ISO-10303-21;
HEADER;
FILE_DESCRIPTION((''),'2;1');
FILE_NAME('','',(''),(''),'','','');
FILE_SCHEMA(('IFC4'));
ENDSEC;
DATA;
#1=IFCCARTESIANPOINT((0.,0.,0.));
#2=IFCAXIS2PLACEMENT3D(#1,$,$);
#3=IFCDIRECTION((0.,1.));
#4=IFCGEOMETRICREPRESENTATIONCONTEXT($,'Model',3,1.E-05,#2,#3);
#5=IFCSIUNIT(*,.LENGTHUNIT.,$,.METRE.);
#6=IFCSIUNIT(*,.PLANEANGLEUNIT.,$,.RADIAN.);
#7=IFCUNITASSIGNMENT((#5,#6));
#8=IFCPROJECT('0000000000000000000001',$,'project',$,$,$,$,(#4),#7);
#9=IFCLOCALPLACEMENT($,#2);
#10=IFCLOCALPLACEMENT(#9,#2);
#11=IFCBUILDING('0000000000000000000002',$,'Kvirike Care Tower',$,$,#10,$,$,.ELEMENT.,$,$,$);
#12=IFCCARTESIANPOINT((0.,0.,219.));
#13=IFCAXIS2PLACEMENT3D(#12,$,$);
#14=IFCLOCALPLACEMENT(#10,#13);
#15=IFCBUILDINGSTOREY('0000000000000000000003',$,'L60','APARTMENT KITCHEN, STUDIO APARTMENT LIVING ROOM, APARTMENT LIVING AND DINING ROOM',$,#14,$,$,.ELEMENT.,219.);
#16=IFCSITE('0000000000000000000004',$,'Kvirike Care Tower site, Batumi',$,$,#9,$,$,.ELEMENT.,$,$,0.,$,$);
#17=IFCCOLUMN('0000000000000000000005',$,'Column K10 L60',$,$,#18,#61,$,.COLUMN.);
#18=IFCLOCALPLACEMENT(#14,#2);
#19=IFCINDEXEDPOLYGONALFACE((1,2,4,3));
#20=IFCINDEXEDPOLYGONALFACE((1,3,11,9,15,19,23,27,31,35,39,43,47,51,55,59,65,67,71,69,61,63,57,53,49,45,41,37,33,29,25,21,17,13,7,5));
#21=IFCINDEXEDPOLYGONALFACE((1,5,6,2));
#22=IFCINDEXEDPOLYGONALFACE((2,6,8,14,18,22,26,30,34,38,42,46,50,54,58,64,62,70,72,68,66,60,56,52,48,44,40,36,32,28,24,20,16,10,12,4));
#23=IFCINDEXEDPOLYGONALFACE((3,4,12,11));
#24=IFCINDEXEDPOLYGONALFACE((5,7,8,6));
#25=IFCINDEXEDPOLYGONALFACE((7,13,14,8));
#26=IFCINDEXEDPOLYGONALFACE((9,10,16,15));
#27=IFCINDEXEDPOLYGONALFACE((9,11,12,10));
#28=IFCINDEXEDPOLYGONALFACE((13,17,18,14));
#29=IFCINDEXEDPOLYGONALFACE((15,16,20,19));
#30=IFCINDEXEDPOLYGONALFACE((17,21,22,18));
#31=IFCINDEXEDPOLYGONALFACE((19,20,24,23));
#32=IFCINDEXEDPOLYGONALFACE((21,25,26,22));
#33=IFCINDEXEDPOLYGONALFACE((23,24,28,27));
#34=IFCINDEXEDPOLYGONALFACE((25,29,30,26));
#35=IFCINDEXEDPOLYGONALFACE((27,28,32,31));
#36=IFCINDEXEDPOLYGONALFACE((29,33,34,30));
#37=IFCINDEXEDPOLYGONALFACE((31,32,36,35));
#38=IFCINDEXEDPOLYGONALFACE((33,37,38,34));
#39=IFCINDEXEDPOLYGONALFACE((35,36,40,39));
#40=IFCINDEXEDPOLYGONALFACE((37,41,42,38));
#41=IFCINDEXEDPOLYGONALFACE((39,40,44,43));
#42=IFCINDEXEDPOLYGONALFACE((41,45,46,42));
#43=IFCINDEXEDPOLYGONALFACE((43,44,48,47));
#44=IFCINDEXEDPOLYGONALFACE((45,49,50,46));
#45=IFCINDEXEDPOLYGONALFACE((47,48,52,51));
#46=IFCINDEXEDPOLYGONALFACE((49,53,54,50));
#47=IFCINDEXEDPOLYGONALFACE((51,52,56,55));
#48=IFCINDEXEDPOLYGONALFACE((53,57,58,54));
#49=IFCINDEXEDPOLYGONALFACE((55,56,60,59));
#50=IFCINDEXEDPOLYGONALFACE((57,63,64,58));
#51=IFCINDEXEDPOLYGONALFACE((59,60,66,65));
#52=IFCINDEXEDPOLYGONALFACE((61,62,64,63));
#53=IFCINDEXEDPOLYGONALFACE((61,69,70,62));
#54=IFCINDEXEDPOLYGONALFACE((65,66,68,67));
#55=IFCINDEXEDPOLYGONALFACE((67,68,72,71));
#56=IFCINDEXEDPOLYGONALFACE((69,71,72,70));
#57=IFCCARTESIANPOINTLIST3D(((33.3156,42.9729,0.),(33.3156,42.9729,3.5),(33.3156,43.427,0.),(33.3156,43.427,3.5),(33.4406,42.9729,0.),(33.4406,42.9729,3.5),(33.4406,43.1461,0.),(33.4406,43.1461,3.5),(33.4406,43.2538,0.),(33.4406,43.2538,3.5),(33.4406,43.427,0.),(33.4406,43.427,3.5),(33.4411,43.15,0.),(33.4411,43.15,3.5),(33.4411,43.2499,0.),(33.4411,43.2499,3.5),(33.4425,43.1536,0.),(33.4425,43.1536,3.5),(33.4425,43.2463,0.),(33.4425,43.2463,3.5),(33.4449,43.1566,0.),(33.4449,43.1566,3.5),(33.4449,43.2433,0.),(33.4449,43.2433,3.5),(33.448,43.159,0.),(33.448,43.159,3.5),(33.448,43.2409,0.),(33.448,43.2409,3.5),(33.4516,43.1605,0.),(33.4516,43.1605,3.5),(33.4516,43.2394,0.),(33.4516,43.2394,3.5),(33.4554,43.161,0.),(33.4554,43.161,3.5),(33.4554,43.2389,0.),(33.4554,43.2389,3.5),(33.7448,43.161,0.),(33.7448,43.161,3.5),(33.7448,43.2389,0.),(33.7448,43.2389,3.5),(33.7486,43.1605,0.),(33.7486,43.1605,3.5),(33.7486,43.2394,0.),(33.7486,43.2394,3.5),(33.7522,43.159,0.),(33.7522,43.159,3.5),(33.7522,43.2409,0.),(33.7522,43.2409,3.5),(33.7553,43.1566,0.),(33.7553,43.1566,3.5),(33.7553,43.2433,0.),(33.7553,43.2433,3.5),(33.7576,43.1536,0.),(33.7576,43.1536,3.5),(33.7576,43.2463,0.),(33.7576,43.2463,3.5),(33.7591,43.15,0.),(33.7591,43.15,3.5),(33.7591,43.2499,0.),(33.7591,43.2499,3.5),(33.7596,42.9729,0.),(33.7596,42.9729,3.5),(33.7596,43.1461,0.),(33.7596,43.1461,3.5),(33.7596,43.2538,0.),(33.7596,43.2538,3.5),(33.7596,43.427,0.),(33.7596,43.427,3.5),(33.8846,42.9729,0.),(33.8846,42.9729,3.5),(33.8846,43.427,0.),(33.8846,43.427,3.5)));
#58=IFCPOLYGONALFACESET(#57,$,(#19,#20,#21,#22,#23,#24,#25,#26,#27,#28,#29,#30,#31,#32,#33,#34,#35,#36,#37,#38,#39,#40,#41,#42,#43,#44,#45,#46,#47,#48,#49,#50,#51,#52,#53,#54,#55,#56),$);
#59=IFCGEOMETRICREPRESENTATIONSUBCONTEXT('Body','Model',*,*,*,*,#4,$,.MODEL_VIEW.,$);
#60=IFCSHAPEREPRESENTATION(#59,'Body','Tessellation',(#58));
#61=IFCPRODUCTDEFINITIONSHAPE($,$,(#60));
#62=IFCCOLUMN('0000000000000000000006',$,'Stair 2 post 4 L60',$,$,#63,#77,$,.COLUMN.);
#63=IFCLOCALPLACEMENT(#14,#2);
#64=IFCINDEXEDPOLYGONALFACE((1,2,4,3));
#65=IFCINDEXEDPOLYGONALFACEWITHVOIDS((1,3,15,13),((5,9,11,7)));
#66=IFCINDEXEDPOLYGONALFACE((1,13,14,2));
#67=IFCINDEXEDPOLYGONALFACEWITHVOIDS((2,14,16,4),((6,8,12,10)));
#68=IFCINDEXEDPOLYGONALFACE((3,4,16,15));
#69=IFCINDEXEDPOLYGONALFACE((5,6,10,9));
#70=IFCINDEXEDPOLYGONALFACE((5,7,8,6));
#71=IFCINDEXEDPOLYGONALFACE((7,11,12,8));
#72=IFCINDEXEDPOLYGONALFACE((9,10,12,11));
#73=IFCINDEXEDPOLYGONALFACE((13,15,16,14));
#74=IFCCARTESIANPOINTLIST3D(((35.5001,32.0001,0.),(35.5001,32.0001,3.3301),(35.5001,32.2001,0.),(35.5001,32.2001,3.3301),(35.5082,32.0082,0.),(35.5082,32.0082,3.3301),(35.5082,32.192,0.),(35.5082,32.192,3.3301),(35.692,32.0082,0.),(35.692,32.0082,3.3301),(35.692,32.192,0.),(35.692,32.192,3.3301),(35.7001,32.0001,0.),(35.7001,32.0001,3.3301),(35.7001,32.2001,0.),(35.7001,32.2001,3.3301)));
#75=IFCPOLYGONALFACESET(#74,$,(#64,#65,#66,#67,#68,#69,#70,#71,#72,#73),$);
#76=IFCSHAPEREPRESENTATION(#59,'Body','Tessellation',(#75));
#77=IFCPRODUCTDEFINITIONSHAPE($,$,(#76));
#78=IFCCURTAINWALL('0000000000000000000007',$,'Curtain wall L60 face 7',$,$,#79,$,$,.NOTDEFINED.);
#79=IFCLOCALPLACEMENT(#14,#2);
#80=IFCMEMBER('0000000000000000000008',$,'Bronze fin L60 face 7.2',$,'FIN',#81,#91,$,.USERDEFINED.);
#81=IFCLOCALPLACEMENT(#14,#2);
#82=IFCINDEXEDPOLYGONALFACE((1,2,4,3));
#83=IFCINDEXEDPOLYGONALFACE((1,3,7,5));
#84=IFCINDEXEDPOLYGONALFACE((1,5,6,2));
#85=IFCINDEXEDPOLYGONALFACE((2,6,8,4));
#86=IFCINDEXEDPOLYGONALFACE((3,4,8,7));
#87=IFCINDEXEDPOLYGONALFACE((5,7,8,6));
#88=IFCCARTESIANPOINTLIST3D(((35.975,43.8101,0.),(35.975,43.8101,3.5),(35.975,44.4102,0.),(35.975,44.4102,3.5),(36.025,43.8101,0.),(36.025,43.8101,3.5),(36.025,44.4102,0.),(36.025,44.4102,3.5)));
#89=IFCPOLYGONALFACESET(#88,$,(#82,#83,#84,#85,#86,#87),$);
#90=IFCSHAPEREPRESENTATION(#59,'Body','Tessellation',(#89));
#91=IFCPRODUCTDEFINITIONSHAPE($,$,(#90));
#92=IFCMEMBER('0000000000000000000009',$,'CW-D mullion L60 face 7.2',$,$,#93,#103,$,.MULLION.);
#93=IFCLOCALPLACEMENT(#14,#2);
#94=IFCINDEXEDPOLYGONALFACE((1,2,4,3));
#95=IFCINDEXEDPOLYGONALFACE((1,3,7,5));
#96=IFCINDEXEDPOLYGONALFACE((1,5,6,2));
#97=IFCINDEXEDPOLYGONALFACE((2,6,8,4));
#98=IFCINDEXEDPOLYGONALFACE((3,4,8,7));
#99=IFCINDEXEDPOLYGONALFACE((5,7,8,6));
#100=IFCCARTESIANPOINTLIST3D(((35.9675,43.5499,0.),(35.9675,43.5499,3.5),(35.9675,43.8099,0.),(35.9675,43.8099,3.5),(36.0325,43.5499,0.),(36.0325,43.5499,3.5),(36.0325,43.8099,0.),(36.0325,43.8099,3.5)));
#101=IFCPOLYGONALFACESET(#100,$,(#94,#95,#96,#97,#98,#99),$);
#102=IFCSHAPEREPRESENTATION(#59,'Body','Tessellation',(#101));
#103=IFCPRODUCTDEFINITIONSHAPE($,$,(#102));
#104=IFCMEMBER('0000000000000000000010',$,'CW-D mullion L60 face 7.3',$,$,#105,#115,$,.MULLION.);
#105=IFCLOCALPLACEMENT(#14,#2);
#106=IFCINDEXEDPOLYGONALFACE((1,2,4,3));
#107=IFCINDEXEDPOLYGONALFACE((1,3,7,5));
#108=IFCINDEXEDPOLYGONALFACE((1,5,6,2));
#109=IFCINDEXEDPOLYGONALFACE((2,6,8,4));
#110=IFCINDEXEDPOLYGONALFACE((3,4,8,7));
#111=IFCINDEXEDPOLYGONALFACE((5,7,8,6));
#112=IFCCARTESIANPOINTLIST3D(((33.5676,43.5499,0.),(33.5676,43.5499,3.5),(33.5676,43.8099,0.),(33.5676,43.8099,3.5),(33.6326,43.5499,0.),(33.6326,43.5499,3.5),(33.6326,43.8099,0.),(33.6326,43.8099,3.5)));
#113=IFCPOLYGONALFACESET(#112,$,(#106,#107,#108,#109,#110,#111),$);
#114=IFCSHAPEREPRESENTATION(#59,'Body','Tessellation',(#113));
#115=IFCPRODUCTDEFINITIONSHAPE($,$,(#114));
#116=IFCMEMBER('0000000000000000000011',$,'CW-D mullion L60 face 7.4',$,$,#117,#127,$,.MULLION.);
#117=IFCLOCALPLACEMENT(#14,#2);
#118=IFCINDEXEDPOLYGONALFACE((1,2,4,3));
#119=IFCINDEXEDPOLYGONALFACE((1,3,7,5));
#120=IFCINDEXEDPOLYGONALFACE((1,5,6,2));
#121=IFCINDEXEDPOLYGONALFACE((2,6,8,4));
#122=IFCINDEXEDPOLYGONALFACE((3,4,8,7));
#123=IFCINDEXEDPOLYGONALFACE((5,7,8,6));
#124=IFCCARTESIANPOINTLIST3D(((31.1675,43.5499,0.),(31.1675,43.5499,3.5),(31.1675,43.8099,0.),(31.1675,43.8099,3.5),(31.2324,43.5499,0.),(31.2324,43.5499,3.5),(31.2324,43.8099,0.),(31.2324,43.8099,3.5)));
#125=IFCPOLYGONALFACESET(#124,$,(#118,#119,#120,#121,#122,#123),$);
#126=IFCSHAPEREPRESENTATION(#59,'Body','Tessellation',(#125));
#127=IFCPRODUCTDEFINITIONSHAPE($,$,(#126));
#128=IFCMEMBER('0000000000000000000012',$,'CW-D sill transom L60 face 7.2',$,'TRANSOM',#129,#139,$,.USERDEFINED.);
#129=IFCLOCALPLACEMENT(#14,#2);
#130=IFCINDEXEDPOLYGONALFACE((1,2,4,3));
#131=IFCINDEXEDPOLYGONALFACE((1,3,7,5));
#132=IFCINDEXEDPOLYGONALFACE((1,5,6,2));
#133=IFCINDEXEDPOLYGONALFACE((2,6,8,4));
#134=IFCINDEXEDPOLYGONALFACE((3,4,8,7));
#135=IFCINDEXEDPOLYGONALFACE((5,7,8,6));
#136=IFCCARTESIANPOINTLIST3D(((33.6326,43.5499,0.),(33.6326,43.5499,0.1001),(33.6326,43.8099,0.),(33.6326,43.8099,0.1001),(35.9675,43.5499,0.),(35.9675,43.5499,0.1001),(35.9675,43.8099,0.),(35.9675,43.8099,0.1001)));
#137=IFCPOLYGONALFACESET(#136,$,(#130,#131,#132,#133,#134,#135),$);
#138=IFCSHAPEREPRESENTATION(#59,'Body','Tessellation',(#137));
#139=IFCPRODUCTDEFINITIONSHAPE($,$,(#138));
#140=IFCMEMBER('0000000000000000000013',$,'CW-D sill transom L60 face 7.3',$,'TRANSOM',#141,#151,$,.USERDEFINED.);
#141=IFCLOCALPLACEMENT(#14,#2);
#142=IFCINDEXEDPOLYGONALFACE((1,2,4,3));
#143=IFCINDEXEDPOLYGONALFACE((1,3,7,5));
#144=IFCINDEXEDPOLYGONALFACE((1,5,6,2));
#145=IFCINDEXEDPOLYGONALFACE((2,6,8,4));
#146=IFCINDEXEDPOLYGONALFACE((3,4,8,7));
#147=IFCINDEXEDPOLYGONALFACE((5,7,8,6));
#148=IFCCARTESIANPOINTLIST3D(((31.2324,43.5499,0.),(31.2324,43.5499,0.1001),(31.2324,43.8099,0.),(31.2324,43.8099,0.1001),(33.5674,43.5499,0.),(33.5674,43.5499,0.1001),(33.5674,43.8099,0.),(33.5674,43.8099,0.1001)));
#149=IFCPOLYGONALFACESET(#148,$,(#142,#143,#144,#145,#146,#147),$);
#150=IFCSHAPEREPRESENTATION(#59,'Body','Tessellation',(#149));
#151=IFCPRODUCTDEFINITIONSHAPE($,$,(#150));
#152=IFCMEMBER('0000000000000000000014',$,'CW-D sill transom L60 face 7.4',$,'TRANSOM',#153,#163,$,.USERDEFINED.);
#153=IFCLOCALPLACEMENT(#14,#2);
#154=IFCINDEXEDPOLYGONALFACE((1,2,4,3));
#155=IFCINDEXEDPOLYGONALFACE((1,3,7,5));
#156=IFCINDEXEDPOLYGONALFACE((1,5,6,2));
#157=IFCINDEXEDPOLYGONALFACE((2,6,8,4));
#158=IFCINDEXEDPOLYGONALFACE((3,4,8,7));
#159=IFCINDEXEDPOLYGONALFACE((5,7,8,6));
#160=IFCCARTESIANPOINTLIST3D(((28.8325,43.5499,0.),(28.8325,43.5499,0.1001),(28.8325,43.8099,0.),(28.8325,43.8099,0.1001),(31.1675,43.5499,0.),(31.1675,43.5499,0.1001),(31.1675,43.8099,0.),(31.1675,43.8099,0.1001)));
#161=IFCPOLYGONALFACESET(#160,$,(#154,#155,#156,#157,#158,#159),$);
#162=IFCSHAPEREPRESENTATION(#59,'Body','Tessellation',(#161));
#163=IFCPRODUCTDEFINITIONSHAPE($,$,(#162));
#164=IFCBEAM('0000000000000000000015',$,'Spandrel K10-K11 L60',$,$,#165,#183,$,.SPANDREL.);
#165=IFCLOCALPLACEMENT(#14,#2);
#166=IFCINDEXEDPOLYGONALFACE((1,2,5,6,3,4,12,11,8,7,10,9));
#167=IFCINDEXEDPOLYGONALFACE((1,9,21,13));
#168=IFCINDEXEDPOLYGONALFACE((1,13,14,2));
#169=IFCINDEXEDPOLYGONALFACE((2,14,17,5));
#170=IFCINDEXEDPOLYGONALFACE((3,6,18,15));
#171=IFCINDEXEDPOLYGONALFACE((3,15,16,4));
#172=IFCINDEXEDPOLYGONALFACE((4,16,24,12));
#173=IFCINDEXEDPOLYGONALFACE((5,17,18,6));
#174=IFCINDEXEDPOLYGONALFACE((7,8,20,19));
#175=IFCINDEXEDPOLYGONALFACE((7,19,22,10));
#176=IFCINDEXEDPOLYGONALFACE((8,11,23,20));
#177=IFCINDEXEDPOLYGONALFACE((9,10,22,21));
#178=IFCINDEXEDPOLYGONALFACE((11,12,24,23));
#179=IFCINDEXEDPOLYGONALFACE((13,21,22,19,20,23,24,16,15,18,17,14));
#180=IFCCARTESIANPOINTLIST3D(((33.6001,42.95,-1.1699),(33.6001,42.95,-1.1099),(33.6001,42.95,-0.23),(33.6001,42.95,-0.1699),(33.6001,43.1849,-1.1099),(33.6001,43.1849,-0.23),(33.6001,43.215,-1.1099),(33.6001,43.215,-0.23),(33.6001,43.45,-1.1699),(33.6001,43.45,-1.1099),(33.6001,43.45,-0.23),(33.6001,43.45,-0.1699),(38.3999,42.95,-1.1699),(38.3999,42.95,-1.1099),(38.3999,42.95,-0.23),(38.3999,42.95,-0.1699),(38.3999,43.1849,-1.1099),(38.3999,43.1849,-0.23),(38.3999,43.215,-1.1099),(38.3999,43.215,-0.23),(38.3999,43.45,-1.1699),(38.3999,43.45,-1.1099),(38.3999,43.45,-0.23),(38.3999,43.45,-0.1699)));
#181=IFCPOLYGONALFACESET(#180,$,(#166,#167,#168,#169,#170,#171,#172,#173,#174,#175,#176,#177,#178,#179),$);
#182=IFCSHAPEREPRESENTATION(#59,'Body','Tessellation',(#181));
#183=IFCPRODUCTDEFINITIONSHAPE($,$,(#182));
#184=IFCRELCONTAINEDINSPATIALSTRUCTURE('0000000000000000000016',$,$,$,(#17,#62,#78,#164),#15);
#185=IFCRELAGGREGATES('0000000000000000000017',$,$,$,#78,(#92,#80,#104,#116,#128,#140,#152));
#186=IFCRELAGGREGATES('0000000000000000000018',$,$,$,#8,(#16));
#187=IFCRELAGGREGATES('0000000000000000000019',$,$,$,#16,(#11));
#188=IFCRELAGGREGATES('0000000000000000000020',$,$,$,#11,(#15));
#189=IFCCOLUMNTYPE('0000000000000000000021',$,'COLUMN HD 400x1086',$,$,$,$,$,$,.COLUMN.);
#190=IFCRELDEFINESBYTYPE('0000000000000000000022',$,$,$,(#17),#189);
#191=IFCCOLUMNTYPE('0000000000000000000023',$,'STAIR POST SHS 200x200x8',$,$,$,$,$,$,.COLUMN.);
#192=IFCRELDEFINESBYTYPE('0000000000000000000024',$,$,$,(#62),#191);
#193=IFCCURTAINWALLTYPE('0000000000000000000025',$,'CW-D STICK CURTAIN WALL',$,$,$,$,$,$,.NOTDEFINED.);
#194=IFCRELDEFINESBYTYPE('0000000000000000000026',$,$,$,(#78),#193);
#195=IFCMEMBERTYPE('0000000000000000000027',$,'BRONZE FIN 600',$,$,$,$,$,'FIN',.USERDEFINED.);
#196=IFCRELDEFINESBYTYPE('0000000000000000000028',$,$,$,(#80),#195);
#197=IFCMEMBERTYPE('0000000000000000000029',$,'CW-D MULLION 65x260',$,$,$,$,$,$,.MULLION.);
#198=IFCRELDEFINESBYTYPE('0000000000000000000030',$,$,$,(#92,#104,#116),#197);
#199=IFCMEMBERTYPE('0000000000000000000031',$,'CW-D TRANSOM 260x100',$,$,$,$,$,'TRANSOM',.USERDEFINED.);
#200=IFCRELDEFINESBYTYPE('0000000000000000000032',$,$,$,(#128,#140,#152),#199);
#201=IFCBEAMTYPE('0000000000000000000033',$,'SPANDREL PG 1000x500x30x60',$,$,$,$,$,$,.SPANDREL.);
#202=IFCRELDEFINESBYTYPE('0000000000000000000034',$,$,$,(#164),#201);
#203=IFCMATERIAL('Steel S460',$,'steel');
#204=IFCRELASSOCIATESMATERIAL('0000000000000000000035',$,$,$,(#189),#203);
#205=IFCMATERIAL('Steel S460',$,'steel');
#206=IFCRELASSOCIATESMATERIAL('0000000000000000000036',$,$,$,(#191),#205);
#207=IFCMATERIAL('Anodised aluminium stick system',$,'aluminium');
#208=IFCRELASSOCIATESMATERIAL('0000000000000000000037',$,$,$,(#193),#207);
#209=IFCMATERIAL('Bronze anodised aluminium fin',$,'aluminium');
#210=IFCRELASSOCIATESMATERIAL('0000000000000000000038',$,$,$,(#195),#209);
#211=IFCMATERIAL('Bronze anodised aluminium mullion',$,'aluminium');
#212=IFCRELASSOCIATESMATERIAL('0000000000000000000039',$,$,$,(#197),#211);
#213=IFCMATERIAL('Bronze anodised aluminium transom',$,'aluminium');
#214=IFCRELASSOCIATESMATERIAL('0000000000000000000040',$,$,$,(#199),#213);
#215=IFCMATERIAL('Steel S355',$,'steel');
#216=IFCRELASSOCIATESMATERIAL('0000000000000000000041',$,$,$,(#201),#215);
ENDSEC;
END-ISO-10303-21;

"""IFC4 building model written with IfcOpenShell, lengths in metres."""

from ifc_helpers import new_model, si_unit, direction, frame, origin, origin_2d, place, context, subcontext, project, spatial, rectangle, hollow_rectangle, i_section, extrude, material, material_profile, profile_set, type_object, element, aggregate, save


model = new_model("IFC4")

# Units and contexts
model_context = context("Model", 3, precision=1e-05, world=origin(), true_north=direction((0.0, 1.0)))
body_context = subcontext(model_context, "Body", "Model", "MODEL_VIEW")
ifc_project = project(units=[si_unit("LENGTHUNIT", "METRE"), si_unit("PLANEANGLEUNIT", "RADIAN")], contexts=[model_context])

# Site, building, storey
site_placement = place(None, origin())
site = spatial("IfcSite", under=ifc_project, at=site_placement, Name="Kvirike Care Tower site, Batumi", CompositionType="ELEMENT", RefElevation=0.0)
building_placement = place(site_placement, origin())
building = spatial("IfcBuilding", under=site, at=building_placement, Name="Kvirike Care Tower", CompositionType="ELEMENT")
storey_placement = place(building_placement, frame((0.0, 0.0, 219.0)))
storey = spatial("IfcBuildingStorey", under=building, at=storey_placement, Name="L60", Description="APARTMENT KITCHEN, STUDIO APARTMENT LIVING ROOM, APARTMENT LIVING AND DINING ROOM", CompositionType="ELEMENT", Elevation=219.0)

# Columns
ifc_material_1 = material(Name="Steel S460", Category="steel")
ifc_material_profile_1 = material_profile(ifc_material_1, i_section(OverallWidth=0.4541, OverallDepth=0.5691, WebThickness=0.0779, FlangeThickness=0.125, FilletRadius=0.0149, at=origin_2d()), Name="HD 400x1086")
ifc_profile_set_1 = profile_set([ifc_material_profile_1], Name="Steel S460")
column_type_1 = type_object("IfcColumnType", Name="COLUMN HD 400x1086", PredefinedType="COLUMN", material=ifc_profile_set_1)
column_1_placement = place(storey_placement, frame((33.6001, 43.2, 0.0), z_axis=(0.0, 0.0, 1.0), x_axis=(0.0, 1.0, 0.0)))
element("IfcColumn", 1, at=column_1_placement, inside=storey, type_object=column_type_1, Name="Column K10 L60", PredefinedType="COLUMN", context=body_context, shape_type="SweptSolid", body=[
    extrude(i_section(OverallWidth=0.4541, OverallDepth=0.5691, WebThickness=0.0779, FlangeThickness=0.125, FilletRadius=0.0149, at=origin_2d()), origin(), (0.0, 0.0, 1.0), 3.5),
])
ifc_material_2 = material(Name="Steel S460", Category="steel")
ifc_material_profile_2 = material_profile(ifc_material_2, hollow_rectangle(XDim=0.2, YDim=0.2, WallThickness=0.0081, at=origin_2d()), Name="SHS 200x200x8")
ifc_profile_set_2 = profile_set([ifc_material_profile_2], Name="Steel S460")
column_type_2 = type_object("IfcColumnType", Name="STAIR POST SHS 200x200x8", PredefinedType="COLUMN", material=ifc_profile_set_2)
column_2_placement = place(storey_placement, frame((35.6001, 32.1001, 0.0), z_axis=(0.0, 0.0, 1.0), x_axis=(1.0, 0.0, 0.0)))
element("IfcColumn", 2, at=column_2_placement, inside=storey, type_object=column_type_2, Name="Stair 2 post 4 L60", PredefinedType="COLUMN", context=body_context, shape_type="SweptSolid", body=[
    extrude(hollow_rectangle(XDim=0.2, YDim=0.2, WallThickness=0.0081, at=origin_2d()), origin(), (0.0, 0.0, 1.0), 3.3301),
])

# Curtain wall, members
ifc_material_3 = material(Name="Anodised aluminium stick system", Category="aluminium")
curtain_wall_type = type_object("IfcCurtainWallType", Name="CW-D STICK CURTAIN WALL", PredefinedType="NOTDEFINED", material=ifc_material_3)
curtain_wall_placement = place(storey_placement, origin())
curtain_wall = element("IfcCurtainWall", 3, at=curtain_wall_placement, inside=storey, type_object=curtain_wall_type, Name="Curtain wall L60 face 7", PredefinedType="NOTDEFINED")
ifc_material_4 = material(Name="Bronze anodised aluminium fin", Category="aluminium")
ifc_material_profile_3 = material_profile(ifc_material_4, rectangle(XDim=0.05, YDim=0.6001, at=origin_2d()), Name="BRONZE FIN 600")
ifc_profile_set_3 = profile_set([ifc_material_profile_3], Name="Bronze anodised aluminium fin")
member_type_1 = type_object("IfcMemberType", Name="BRONZE FIN 600", ElementType="FIN", PredefinedType="USERDEFINED", material=ifc_profile_set_3)
member_1_placement = place(storey_placement, frame((36.0, 44.1101, 0.0), z_axis=(0.0, 0.0, 1.0), x_axis=(-1.0, 0.0, 0.0)))
member_1 = element("IfcMember", 4, at=member_1_placement, type_object=member_type_1, Name="Bronze fin L60 face 7.2", ObjectType="FIN", PredefinedType="USERDEFINED", context=body_context, shape_type="SweptSolid", body=[
    extrude(rectangle(XDim=0.05, YDim=0.6001, at=origin_2d()), origin(), (0.0, 0.0, 1.0), 3.5),
])
ifc_material_5 = material(Name="Bronze anodised aluminium mullion", Category="aluminium")
ifc_material_profile_4 = material_profile(ifc_material_5, rectangle(XDim=0.0649, YDim=0.26, at=origin_2d()), Name="CW-D MULLION 65x260")
ifc_profile_set_4 = profile_set([ifc_material_profile_4], Name="Bronze anodised aluminium mullion")
member_type_2 = type_object("IfcMemberType", Name="CW-D MULLION 65x260", PredefinedType="MULLION", material=ifc_profile_set_4)
member_2_placement = place(storey_placement, frame((36.0, 43.6799, 0.0), z_axis=(0.0, 0.0, 1.0), x_axis=(-1.0, 0.0, 0.0)))
member_2 = element("IfcMember", 5, at=member_2_placement, type_object=member_type_2, Name="CW-D mullion L60 face 7.2", PredefinedType="MULLION", context=body_context, shape_type="SweptSolid", body=[
    extrude(rectangle(XDim=0.0649, YDim=0.26, at=origin_2d()), origin(), (0.0, 0.0, 1.0), 3.5),
])
member_3_placement = place(storey_placement, frame((33.6001, 43.6799, 0.0), z_axis=(0.0, 0.0, 1.0), x_axis=(-1.0, 0.0, 0.0)))
member_3 = element("IfcMember", 6, at=member_3_placement, type_object=member_type_2, Name="CW-D mullion L60 face 7.3", PredefinedType="MULLION", context=body_context, shape_type="SweptSolid", body=[
    extrude(rectangle(XDim=0.0649, YDim=0.26, at=origin_2d()), origin(), (0.0, 0.0, 1.0), 3.5),
])
member_4_placement = place(storey_placement, frame((31.2, 43.6799, 0.0), z_axis=(0.0, 0.0, 1.0), x_axis=(-1.0, 0.0, 0.0)))
member_4 = element("IfcMember", 7, at=member_4_placement, type_object=member_type_2, Name="CW-D mullion L60 face 7.4", PredefinedType="MULLION", context=body_context, shape_type="SweptSolid", body=[
    extrude(rectangle(XDim=0.0649, YDim=0.26, at=origin_2d()), origin(), (0.0, 0.0, 1.0), 3.5),
])
ifc_material_6 = material(Name="Bronze anodised aluminium transom", Category="aluminium")
ifc_material_profile_5 = material_profile(ifc_material_6, rectangle(XDim=0.26, YDim=0.1001, at=origin_2d()), Name="CW-D TRANSOM 260x100")
ifc_profile_set_5 = profile_set([ifc_material_profile_5], Name="Bronze anodised aluminium transom")
member_type_3 = type_object("IfcMemberType", Name="CW-D TRANSOM 260x100", ElementType="TRANSOM", PredefinedType="USERDEFINED", material=ifc_profile_set_5)
member_5_placement = place(storey_placement, frame((35.9675, 43.6799, 0.05), z_axis=(-1.0, 0.0, 0.0), x_axis=(0.0, -1.0, 0.0)))
member_5 = element("IfcMember", 8, at=member_5_placement, type_object=member_type_3, Name="CW-D sill transom L60 face 7.2", ObjectType="TRANSOM", PredefinedType="USERDEFINED", context=body_context, shape_type="SweptSolid", body=[
    extrude(rectangle(XDim=0.26, YDim=0.1001, at=origin_2d()), origin(), (0.0, 0.0, 1.0), 2.335),
])
member_6_placement = place(storey_placement, frame((33.5674, 43.6799, 0.05), z_axis=(-1.0, 0.0, 0.0), x_axis=(0.0, -1.0, 0.0)))
member_6 = element("IfcMember", 9, at=member_6_placement, type_object=member_type_3, Name="CW-D sill transom L60 face 7.3", ObjectType="TRANSOM", PredefinedType="USERDEFINED", context=body_context, shape_type="SweptSolid", body=[
    extrude(rectangle(XDim=0.26, YDim=0.1001, at=origin_2d()), origin(), (0.0, 0.0, 1.0), 2.335),
])
member_7_placement = place(storey_placement, frame((31.1675, 43.6799, 0.05), z_axis=(-1.0, 0.0, 0.0), x_axis=(0.0, -1.0, 0.0)))
member_7 = element("IfcMember", 10, at=member_7_placement, type_object=member_type_3, Name="CW-D sill transom L60 face 7.4", ObjectType="TRANSOM", PredefinedType="USERDEFINED", context=body_context, shape_type="SweptSolid", body=[
    extrude(rectangle(XDim=0.26, YDim=0.1001, at=origin_2d()), origin(), (0.0, 0.0, 1.0), 2.335),
])

# Beam
ifc_material_7 = material(Name="Steel S355", Category="steel")
ifc_material_profile_6 = material_profile(ifc_material_7, i_section(OverallWidth=0.5, OverallDepth=1.0, WebThickness=0.03, FlangeThickness=0.0601, at=origin_2d()), Name="PG 1000x500x30x60")
ifc_profile_set_6 = profile_set([ifc_material_profile_6], Name="Steel S355")
beam_type = type_object("IfcBeamType", Name="SPANDREL PG 1000x500x30x60", PredefinedType="SPANDREL", material=ifc_profile_set_6)
beam_placement = place(storey_placement, frame((33.6001, 43.2, -0.6699), z_axis=(1.0, 0.0, 0.0), x_axis=(0.0, 1.0, 0.0)))
element("IfcBeam", 11, at=beam_placement, inside=storey, type_object=beam_type, Name="Spandrel K10-K11 L60", PredefinedType="SPANDREL", context=body_context, shape_type="SweptSolid", body=[
    extrude(i_section(OverallWidth=0.5, OverallDepth=1.0, WebThickness=0.03, FlangeThickness=0.0601, at=origin_2d()), origin(), (0.0, 0.0, 1.0), 4.7998),
])

aggregate(curtain_wall, [member_2, member_1, member_3, member_4, member_5, member_6, member_7])

save(model, "model.ifc")
